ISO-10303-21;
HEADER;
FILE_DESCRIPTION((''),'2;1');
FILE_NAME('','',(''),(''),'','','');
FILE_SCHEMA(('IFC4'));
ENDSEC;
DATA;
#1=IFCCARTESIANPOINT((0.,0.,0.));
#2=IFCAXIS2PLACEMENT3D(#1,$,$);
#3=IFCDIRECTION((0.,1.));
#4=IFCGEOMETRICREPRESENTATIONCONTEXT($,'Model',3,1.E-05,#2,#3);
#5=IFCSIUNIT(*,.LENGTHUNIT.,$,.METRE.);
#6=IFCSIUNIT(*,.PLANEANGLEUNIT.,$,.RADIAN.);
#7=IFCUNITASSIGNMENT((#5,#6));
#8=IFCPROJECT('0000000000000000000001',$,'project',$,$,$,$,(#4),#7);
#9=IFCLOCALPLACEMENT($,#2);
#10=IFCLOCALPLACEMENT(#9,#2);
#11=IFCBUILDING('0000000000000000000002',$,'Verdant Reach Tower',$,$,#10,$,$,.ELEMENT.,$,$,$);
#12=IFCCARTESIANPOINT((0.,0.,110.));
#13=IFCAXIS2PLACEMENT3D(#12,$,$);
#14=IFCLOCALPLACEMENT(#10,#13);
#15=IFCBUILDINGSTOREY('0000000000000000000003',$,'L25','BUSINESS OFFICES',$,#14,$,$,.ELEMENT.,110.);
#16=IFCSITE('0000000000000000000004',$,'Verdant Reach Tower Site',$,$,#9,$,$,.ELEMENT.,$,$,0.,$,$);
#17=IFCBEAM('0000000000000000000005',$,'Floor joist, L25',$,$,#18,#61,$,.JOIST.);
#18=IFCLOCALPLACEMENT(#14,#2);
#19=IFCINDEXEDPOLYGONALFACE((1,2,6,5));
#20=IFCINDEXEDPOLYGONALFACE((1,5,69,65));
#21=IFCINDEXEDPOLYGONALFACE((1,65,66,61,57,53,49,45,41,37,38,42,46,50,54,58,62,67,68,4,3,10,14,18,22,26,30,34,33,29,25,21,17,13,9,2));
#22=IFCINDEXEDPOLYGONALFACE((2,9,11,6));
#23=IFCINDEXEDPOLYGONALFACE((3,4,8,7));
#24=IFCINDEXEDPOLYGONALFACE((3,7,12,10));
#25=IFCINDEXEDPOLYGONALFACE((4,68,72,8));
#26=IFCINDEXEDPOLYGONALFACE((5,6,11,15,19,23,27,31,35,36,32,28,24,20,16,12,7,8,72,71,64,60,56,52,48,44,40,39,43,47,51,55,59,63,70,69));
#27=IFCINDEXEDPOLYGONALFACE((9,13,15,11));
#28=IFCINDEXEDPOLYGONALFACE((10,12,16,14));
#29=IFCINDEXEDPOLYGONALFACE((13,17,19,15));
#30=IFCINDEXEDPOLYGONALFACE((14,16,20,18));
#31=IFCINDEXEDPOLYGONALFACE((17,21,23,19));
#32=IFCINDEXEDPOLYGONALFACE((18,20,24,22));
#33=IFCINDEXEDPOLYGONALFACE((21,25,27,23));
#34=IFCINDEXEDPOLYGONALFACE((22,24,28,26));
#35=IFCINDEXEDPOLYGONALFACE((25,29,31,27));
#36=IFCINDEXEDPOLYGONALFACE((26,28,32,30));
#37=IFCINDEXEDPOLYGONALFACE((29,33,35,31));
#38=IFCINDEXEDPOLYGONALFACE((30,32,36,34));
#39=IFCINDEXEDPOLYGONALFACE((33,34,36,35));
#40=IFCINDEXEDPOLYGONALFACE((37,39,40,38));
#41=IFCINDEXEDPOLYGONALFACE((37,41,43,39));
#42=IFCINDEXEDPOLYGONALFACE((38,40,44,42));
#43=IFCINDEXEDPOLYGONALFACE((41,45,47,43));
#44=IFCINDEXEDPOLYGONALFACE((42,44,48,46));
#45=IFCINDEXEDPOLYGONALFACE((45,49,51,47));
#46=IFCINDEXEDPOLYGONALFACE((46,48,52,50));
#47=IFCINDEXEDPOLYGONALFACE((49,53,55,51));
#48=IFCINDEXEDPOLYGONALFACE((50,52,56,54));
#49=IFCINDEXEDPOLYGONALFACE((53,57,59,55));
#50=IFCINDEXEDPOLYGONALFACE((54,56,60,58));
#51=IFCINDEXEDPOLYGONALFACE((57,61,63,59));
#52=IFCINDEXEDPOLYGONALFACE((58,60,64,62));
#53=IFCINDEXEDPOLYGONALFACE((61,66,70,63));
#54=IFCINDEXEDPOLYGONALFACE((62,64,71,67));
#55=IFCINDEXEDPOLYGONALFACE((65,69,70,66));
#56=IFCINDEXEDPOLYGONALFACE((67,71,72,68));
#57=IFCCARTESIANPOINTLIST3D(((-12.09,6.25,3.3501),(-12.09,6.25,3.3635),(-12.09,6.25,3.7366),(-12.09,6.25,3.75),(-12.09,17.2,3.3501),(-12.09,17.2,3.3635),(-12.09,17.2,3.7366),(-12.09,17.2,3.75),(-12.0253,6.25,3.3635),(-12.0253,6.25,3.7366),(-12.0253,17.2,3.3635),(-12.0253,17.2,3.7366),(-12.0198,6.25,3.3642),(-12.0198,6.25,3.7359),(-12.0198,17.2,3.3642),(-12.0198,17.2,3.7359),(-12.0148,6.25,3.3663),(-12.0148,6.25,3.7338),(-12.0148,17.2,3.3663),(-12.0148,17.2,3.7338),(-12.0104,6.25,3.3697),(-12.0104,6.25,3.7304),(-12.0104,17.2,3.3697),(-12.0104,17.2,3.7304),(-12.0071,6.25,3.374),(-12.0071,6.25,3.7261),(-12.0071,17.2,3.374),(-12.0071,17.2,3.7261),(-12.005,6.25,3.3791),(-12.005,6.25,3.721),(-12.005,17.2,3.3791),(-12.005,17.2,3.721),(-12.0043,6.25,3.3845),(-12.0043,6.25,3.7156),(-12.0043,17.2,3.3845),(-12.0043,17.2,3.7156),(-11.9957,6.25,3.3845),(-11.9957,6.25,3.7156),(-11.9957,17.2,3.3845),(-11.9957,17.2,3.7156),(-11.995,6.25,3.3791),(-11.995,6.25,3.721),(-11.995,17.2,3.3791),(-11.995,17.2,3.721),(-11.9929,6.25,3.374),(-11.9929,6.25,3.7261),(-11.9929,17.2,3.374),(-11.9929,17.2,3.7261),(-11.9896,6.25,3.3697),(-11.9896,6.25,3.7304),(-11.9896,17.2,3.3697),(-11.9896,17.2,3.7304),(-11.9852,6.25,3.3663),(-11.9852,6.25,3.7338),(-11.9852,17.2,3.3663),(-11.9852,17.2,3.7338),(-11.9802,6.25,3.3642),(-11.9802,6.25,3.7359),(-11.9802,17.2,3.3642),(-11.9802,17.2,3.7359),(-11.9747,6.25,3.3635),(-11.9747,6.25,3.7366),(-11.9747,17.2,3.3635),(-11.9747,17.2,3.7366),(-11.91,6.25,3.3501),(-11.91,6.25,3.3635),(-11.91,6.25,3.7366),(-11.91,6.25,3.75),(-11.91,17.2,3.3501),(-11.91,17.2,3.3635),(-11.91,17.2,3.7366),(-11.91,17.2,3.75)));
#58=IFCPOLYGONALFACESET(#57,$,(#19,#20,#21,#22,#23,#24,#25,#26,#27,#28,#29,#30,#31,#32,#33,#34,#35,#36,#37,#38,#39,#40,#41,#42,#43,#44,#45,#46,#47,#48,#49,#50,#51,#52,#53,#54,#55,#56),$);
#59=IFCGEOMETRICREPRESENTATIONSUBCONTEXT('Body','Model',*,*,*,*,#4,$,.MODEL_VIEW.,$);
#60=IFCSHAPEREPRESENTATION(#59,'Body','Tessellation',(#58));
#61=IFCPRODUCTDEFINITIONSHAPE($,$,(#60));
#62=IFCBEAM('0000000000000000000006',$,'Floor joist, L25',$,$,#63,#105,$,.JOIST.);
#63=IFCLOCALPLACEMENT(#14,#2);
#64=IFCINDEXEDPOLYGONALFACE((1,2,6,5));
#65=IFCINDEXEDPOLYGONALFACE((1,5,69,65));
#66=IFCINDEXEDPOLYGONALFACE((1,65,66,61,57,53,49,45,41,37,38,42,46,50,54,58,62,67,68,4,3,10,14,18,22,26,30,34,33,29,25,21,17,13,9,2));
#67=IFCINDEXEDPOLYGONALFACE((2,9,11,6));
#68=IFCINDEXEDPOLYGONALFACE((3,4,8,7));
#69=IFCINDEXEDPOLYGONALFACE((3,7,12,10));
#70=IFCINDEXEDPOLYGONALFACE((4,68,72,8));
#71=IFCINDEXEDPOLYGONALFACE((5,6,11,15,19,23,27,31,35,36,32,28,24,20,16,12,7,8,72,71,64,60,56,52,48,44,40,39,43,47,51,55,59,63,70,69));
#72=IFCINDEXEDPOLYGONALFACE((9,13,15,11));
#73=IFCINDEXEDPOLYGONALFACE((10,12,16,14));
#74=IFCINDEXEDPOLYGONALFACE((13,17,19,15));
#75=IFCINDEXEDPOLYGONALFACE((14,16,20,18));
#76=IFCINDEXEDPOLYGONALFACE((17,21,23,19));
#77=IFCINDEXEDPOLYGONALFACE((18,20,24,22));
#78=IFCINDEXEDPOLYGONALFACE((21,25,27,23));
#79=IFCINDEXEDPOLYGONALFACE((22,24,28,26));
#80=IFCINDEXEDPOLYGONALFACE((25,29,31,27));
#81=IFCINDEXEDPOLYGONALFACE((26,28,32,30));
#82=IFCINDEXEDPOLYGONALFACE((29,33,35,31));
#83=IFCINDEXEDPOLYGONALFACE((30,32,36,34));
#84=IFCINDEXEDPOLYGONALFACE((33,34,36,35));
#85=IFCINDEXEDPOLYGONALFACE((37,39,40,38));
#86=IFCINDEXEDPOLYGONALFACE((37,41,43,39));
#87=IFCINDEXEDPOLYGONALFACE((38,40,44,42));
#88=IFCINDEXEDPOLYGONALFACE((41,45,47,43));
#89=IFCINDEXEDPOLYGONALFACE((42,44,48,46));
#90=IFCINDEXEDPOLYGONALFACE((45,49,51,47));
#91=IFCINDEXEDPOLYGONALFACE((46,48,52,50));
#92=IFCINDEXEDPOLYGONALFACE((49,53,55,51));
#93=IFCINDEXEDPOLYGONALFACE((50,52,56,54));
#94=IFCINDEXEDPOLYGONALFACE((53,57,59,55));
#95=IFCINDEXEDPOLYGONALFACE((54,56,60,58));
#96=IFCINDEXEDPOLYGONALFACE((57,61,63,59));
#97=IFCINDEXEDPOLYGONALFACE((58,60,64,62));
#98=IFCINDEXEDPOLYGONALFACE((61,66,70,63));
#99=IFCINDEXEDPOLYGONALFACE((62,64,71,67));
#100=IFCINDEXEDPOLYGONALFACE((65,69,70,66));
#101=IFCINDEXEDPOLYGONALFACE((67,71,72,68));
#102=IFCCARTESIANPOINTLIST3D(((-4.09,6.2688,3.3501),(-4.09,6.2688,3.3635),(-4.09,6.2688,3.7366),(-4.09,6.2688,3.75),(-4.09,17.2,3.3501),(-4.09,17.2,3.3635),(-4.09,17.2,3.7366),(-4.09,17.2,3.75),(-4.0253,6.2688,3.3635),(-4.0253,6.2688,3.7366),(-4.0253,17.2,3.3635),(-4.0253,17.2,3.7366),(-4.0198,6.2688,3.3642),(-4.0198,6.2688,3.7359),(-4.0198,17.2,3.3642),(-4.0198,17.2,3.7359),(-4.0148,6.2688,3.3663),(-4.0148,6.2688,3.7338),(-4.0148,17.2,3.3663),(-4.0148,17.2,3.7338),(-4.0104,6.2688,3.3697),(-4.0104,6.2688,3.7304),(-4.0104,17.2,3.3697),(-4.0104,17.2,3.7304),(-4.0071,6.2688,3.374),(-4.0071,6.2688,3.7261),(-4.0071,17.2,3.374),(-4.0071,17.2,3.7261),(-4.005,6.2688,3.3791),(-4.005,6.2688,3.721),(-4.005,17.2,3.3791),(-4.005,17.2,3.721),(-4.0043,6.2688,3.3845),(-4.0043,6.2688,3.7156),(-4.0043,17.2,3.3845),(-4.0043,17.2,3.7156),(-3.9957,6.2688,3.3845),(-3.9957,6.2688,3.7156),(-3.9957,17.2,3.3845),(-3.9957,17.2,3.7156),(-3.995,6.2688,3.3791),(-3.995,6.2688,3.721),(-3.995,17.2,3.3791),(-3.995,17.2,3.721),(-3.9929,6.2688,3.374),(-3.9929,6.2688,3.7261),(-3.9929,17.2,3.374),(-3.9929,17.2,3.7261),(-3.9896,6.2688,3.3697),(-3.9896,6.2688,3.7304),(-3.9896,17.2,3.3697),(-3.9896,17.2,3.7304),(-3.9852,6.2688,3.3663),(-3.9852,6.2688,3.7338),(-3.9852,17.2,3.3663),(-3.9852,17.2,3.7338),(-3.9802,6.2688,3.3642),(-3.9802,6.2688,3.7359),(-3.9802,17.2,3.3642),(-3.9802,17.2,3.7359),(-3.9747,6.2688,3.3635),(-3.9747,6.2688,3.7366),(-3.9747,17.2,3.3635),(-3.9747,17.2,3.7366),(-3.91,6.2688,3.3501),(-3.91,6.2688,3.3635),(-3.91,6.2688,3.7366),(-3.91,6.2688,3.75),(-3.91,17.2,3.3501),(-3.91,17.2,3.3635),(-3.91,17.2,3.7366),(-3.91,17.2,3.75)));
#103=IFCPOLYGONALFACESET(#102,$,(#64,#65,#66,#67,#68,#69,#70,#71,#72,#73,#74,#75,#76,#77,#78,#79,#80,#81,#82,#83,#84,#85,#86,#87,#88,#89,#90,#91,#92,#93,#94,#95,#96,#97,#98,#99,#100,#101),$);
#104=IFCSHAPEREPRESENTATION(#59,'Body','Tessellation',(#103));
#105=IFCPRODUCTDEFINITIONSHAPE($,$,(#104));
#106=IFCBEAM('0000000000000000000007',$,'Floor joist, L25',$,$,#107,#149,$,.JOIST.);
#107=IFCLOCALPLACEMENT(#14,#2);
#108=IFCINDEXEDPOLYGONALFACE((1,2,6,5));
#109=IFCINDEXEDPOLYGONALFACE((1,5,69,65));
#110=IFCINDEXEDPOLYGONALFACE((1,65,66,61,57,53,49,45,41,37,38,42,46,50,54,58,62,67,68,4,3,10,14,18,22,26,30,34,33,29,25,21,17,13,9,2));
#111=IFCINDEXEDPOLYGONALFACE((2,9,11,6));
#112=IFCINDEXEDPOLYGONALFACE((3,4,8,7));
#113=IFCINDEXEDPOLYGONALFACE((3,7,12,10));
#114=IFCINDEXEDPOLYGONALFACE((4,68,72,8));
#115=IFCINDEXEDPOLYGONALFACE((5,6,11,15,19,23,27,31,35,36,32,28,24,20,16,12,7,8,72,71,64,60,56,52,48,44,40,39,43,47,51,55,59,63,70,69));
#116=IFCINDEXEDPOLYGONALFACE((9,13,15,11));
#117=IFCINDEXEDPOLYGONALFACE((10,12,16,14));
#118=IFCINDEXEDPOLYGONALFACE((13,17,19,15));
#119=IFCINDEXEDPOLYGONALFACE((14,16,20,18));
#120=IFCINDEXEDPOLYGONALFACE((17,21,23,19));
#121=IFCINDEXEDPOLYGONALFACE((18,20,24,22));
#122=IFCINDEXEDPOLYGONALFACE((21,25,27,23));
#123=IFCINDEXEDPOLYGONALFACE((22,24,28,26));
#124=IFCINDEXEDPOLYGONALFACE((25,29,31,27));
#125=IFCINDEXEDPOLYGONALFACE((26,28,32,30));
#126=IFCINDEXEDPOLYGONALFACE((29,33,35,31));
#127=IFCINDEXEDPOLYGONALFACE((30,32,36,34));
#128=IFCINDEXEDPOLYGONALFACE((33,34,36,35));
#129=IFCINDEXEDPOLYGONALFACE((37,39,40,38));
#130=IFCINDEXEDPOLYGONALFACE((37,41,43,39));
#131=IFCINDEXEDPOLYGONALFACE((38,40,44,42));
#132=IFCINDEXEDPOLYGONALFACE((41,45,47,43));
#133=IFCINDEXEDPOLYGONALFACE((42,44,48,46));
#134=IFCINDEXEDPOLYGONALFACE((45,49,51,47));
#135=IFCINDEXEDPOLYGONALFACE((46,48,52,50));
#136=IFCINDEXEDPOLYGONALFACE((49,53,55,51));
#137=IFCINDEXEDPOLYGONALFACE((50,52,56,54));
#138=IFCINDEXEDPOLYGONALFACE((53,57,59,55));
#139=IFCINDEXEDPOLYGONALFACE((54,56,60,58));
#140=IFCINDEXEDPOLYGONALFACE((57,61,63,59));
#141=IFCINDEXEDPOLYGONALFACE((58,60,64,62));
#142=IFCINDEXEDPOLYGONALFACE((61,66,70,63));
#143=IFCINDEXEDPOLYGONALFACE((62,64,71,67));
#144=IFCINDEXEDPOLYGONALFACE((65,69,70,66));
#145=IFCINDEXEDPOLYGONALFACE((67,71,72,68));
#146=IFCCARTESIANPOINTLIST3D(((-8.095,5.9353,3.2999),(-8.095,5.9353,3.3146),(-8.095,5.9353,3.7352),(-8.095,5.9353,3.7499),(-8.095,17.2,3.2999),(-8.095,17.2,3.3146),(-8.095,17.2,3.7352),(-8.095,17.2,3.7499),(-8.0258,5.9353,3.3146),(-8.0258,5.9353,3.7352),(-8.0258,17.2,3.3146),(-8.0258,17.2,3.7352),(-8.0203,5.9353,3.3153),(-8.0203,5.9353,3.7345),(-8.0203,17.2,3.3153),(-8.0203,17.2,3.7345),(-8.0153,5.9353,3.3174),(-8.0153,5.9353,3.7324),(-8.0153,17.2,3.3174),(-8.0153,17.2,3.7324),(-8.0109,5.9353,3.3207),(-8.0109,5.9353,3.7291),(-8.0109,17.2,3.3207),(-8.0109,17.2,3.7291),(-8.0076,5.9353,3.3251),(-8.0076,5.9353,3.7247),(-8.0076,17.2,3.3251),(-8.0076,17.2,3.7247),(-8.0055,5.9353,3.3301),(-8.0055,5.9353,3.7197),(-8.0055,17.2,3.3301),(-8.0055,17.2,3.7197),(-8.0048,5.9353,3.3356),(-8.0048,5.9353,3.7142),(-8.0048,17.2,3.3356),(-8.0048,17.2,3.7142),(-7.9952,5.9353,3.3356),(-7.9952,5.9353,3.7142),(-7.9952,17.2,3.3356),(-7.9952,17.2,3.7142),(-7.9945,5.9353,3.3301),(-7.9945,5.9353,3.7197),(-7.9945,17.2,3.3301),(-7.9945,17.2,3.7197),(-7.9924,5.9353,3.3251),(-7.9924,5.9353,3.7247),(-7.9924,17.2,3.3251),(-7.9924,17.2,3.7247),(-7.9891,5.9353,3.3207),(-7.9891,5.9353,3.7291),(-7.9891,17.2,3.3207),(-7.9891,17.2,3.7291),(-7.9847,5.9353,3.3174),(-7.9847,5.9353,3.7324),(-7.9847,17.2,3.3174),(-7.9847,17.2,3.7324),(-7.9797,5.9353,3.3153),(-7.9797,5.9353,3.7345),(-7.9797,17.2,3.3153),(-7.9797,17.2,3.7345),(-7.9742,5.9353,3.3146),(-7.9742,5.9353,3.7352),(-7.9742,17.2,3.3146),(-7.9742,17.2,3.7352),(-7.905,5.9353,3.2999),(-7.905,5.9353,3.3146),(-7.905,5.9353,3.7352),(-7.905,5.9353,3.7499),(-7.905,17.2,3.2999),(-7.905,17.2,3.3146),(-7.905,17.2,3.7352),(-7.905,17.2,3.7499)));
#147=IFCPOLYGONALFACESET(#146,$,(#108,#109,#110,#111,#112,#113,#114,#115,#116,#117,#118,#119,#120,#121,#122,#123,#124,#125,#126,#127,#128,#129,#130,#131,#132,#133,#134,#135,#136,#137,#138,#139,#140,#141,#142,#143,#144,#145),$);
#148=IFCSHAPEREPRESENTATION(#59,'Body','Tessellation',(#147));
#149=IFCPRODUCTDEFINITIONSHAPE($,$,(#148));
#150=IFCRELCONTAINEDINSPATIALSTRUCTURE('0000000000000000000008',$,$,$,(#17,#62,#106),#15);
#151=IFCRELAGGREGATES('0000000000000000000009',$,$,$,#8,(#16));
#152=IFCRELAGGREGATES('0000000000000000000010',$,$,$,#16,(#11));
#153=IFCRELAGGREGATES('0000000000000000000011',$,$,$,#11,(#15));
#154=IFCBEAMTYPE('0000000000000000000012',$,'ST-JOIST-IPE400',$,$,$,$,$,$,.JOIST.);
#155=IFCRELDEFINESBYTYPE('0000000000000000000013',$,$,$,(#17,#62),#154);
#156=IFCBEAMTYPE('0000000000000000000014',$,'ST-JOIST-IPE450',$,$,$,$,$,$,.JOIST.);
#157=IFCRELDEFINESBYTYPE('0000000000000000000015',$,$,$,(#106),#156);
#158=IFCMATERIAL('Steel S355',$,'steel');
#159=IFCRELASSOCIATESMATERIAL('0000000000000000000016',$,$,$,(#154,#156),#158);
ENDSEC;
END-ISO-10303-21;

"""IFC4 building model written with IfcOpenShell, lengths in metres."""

from ifc_helpers import new_model, si_unit, direction, frame, origin, origin_2d, place, context, subcontext, project, spatial, i_section, extrude, material, material_profile, profile_set, type_object, element, save


model = new_model("IFC4")

# Units and contexts
model_context = context("Model", 3, precision=1e-05, world=origin(), true_north=direction((0.0, 1.0)))
body_context = subcontext(model_context, "Body", "Model", "MODEL_VIEW")
ifc_project = project(units=[si_unit("LENGTHUNIT", "METRE"), si_unit("PLANEANGLEUNIT", "RADIAN")], contexts=[model_context])

# Site, building, storey
site_placement = place(None, origin())
site = spatial("IfcSite", under=ifc_project, at=site_placement, Name="Verdant Reach Tower Site", CompositionType="ELEMENT", RefElevation=0.0)
building_placement = place(site_placement, origin())
building = spatial("IfcBuilding", under=site, at=building_placement, Name="Verdant Reach Tower", CompositionType="ELEMENT")
storey_placement = place(building_placement, frame((0.0, 0.0, 110.0)))
storey = spatial("IfcBuildingStorey", under=building, at=storey_placement, Name="L25", Description="BUSINESS OFFICES", CompositionType="ELEMENT", Elevation=110.0)

# Beams
ifc_material_1 = material(Name="Steel S355", Category="steel")
ifc_material_profile_1 = material_profile(ifc_material_1, i_section(OverallWidth=0.1799, OverallDepth=0.3999, WebThickness=0.0085, FlangeThickness=0.0134, FilletRadius=0.021, at=origin_2d()), Name="IPE 400")
ifc_profile_set_1 = profile_set([ifc_material_profile_1], Name="Steel S355")
beam_type_1 = type_object("IfcBeamType", Name="ST-JOIST-IPE400", PredefinedType="JOIST", material=ifc_profile_set_1)
beam_1_placement = place(storey_placement, frame((-12.0, 17.2, 3.55), z_axis=(0.0, -1.0, 0.0), x_axis=(1.0, 0.0, 0.0)))
element("IfcBeam", 1, at=beam_1_placement, inside=storey, type_object=beam_type_1, Name="Floor joist, L25", PredefinedType="JOIST", context=body_context, shape_type="SweptSolid", body=[
    extrude(i_section(OverallWidth=0.1799, OverallDepth=0.3999, WebThickness=0.0085, FlangeThickness=0.0134, FilletRadius=0.021, at=origin_2d()), origin(), (0.0, 0.0, 1.0), 10.95),
])
beam_2_placement = place(storey_placement, frame((-4.0, 17.2, 3.55), z_axis=(0.0, -1.0, 0.0), x_axis=(1.0, 0.0, 0.0)))
element("IfcBeam", 2, at=beam_2_placement, inside=storey, type_object=beam_type_1, Name="Floor joist, L25", PredefinedType="JOIST", context=body_context, shape_type="SweptSolid", body=[
    extrude(i_section(OverallWidth=0.1799, OverallDepth=0.3999, WebThickness=0.0085, FlangeThickness=0.0134, FilletRadius=0.021, at=origin_2d()), origin(), (0.0, 0.0, 1.0), 10.9312),
])
ifc_material_profile_2 = material_profile(ifc_material_1, i_section(OverallWidth=0.1899, OverallDepth=0.45, WebThickness=0.0095, FlangeThickness=0.0146, FilletRadius=0.021, at=origin_2d()), Name="IPE 450")
ifc_profile_set_2 = profile_set([ifc_material_profile_2], Name="Steel S355")
beam_type_2 = type_object("IfcBeamType", Name="ST-JOIST-IPE450", PredefinedType="JOIST", material=ifc_profile_set_2)
beam_3_placement = place(storey_placement, frame((-8.0, 17.2, 3.5249), z_axis=(0.0, -1.0, 0.0), x_axis=(1.0, 0.0, 0.0)))
element("IfcBeam", 3, at=beam_3_placement, inside=storey, type_object=beam_type_2, Name="Floor joist, L25", PredefinedType="JOIST", context=body_context, shape_type="SweptSolid", body=[
    extrude(i_section(OverallWidth=0.1899, OverallDepth=0.45, WebThickness=0.0095, FlangeThickness=0.0146, FilletRadius=0.021, at=origin_2d()), origin(), (0.0, 0.0, 1.0), 11.2646),
])

save(model, "model.ifc")
